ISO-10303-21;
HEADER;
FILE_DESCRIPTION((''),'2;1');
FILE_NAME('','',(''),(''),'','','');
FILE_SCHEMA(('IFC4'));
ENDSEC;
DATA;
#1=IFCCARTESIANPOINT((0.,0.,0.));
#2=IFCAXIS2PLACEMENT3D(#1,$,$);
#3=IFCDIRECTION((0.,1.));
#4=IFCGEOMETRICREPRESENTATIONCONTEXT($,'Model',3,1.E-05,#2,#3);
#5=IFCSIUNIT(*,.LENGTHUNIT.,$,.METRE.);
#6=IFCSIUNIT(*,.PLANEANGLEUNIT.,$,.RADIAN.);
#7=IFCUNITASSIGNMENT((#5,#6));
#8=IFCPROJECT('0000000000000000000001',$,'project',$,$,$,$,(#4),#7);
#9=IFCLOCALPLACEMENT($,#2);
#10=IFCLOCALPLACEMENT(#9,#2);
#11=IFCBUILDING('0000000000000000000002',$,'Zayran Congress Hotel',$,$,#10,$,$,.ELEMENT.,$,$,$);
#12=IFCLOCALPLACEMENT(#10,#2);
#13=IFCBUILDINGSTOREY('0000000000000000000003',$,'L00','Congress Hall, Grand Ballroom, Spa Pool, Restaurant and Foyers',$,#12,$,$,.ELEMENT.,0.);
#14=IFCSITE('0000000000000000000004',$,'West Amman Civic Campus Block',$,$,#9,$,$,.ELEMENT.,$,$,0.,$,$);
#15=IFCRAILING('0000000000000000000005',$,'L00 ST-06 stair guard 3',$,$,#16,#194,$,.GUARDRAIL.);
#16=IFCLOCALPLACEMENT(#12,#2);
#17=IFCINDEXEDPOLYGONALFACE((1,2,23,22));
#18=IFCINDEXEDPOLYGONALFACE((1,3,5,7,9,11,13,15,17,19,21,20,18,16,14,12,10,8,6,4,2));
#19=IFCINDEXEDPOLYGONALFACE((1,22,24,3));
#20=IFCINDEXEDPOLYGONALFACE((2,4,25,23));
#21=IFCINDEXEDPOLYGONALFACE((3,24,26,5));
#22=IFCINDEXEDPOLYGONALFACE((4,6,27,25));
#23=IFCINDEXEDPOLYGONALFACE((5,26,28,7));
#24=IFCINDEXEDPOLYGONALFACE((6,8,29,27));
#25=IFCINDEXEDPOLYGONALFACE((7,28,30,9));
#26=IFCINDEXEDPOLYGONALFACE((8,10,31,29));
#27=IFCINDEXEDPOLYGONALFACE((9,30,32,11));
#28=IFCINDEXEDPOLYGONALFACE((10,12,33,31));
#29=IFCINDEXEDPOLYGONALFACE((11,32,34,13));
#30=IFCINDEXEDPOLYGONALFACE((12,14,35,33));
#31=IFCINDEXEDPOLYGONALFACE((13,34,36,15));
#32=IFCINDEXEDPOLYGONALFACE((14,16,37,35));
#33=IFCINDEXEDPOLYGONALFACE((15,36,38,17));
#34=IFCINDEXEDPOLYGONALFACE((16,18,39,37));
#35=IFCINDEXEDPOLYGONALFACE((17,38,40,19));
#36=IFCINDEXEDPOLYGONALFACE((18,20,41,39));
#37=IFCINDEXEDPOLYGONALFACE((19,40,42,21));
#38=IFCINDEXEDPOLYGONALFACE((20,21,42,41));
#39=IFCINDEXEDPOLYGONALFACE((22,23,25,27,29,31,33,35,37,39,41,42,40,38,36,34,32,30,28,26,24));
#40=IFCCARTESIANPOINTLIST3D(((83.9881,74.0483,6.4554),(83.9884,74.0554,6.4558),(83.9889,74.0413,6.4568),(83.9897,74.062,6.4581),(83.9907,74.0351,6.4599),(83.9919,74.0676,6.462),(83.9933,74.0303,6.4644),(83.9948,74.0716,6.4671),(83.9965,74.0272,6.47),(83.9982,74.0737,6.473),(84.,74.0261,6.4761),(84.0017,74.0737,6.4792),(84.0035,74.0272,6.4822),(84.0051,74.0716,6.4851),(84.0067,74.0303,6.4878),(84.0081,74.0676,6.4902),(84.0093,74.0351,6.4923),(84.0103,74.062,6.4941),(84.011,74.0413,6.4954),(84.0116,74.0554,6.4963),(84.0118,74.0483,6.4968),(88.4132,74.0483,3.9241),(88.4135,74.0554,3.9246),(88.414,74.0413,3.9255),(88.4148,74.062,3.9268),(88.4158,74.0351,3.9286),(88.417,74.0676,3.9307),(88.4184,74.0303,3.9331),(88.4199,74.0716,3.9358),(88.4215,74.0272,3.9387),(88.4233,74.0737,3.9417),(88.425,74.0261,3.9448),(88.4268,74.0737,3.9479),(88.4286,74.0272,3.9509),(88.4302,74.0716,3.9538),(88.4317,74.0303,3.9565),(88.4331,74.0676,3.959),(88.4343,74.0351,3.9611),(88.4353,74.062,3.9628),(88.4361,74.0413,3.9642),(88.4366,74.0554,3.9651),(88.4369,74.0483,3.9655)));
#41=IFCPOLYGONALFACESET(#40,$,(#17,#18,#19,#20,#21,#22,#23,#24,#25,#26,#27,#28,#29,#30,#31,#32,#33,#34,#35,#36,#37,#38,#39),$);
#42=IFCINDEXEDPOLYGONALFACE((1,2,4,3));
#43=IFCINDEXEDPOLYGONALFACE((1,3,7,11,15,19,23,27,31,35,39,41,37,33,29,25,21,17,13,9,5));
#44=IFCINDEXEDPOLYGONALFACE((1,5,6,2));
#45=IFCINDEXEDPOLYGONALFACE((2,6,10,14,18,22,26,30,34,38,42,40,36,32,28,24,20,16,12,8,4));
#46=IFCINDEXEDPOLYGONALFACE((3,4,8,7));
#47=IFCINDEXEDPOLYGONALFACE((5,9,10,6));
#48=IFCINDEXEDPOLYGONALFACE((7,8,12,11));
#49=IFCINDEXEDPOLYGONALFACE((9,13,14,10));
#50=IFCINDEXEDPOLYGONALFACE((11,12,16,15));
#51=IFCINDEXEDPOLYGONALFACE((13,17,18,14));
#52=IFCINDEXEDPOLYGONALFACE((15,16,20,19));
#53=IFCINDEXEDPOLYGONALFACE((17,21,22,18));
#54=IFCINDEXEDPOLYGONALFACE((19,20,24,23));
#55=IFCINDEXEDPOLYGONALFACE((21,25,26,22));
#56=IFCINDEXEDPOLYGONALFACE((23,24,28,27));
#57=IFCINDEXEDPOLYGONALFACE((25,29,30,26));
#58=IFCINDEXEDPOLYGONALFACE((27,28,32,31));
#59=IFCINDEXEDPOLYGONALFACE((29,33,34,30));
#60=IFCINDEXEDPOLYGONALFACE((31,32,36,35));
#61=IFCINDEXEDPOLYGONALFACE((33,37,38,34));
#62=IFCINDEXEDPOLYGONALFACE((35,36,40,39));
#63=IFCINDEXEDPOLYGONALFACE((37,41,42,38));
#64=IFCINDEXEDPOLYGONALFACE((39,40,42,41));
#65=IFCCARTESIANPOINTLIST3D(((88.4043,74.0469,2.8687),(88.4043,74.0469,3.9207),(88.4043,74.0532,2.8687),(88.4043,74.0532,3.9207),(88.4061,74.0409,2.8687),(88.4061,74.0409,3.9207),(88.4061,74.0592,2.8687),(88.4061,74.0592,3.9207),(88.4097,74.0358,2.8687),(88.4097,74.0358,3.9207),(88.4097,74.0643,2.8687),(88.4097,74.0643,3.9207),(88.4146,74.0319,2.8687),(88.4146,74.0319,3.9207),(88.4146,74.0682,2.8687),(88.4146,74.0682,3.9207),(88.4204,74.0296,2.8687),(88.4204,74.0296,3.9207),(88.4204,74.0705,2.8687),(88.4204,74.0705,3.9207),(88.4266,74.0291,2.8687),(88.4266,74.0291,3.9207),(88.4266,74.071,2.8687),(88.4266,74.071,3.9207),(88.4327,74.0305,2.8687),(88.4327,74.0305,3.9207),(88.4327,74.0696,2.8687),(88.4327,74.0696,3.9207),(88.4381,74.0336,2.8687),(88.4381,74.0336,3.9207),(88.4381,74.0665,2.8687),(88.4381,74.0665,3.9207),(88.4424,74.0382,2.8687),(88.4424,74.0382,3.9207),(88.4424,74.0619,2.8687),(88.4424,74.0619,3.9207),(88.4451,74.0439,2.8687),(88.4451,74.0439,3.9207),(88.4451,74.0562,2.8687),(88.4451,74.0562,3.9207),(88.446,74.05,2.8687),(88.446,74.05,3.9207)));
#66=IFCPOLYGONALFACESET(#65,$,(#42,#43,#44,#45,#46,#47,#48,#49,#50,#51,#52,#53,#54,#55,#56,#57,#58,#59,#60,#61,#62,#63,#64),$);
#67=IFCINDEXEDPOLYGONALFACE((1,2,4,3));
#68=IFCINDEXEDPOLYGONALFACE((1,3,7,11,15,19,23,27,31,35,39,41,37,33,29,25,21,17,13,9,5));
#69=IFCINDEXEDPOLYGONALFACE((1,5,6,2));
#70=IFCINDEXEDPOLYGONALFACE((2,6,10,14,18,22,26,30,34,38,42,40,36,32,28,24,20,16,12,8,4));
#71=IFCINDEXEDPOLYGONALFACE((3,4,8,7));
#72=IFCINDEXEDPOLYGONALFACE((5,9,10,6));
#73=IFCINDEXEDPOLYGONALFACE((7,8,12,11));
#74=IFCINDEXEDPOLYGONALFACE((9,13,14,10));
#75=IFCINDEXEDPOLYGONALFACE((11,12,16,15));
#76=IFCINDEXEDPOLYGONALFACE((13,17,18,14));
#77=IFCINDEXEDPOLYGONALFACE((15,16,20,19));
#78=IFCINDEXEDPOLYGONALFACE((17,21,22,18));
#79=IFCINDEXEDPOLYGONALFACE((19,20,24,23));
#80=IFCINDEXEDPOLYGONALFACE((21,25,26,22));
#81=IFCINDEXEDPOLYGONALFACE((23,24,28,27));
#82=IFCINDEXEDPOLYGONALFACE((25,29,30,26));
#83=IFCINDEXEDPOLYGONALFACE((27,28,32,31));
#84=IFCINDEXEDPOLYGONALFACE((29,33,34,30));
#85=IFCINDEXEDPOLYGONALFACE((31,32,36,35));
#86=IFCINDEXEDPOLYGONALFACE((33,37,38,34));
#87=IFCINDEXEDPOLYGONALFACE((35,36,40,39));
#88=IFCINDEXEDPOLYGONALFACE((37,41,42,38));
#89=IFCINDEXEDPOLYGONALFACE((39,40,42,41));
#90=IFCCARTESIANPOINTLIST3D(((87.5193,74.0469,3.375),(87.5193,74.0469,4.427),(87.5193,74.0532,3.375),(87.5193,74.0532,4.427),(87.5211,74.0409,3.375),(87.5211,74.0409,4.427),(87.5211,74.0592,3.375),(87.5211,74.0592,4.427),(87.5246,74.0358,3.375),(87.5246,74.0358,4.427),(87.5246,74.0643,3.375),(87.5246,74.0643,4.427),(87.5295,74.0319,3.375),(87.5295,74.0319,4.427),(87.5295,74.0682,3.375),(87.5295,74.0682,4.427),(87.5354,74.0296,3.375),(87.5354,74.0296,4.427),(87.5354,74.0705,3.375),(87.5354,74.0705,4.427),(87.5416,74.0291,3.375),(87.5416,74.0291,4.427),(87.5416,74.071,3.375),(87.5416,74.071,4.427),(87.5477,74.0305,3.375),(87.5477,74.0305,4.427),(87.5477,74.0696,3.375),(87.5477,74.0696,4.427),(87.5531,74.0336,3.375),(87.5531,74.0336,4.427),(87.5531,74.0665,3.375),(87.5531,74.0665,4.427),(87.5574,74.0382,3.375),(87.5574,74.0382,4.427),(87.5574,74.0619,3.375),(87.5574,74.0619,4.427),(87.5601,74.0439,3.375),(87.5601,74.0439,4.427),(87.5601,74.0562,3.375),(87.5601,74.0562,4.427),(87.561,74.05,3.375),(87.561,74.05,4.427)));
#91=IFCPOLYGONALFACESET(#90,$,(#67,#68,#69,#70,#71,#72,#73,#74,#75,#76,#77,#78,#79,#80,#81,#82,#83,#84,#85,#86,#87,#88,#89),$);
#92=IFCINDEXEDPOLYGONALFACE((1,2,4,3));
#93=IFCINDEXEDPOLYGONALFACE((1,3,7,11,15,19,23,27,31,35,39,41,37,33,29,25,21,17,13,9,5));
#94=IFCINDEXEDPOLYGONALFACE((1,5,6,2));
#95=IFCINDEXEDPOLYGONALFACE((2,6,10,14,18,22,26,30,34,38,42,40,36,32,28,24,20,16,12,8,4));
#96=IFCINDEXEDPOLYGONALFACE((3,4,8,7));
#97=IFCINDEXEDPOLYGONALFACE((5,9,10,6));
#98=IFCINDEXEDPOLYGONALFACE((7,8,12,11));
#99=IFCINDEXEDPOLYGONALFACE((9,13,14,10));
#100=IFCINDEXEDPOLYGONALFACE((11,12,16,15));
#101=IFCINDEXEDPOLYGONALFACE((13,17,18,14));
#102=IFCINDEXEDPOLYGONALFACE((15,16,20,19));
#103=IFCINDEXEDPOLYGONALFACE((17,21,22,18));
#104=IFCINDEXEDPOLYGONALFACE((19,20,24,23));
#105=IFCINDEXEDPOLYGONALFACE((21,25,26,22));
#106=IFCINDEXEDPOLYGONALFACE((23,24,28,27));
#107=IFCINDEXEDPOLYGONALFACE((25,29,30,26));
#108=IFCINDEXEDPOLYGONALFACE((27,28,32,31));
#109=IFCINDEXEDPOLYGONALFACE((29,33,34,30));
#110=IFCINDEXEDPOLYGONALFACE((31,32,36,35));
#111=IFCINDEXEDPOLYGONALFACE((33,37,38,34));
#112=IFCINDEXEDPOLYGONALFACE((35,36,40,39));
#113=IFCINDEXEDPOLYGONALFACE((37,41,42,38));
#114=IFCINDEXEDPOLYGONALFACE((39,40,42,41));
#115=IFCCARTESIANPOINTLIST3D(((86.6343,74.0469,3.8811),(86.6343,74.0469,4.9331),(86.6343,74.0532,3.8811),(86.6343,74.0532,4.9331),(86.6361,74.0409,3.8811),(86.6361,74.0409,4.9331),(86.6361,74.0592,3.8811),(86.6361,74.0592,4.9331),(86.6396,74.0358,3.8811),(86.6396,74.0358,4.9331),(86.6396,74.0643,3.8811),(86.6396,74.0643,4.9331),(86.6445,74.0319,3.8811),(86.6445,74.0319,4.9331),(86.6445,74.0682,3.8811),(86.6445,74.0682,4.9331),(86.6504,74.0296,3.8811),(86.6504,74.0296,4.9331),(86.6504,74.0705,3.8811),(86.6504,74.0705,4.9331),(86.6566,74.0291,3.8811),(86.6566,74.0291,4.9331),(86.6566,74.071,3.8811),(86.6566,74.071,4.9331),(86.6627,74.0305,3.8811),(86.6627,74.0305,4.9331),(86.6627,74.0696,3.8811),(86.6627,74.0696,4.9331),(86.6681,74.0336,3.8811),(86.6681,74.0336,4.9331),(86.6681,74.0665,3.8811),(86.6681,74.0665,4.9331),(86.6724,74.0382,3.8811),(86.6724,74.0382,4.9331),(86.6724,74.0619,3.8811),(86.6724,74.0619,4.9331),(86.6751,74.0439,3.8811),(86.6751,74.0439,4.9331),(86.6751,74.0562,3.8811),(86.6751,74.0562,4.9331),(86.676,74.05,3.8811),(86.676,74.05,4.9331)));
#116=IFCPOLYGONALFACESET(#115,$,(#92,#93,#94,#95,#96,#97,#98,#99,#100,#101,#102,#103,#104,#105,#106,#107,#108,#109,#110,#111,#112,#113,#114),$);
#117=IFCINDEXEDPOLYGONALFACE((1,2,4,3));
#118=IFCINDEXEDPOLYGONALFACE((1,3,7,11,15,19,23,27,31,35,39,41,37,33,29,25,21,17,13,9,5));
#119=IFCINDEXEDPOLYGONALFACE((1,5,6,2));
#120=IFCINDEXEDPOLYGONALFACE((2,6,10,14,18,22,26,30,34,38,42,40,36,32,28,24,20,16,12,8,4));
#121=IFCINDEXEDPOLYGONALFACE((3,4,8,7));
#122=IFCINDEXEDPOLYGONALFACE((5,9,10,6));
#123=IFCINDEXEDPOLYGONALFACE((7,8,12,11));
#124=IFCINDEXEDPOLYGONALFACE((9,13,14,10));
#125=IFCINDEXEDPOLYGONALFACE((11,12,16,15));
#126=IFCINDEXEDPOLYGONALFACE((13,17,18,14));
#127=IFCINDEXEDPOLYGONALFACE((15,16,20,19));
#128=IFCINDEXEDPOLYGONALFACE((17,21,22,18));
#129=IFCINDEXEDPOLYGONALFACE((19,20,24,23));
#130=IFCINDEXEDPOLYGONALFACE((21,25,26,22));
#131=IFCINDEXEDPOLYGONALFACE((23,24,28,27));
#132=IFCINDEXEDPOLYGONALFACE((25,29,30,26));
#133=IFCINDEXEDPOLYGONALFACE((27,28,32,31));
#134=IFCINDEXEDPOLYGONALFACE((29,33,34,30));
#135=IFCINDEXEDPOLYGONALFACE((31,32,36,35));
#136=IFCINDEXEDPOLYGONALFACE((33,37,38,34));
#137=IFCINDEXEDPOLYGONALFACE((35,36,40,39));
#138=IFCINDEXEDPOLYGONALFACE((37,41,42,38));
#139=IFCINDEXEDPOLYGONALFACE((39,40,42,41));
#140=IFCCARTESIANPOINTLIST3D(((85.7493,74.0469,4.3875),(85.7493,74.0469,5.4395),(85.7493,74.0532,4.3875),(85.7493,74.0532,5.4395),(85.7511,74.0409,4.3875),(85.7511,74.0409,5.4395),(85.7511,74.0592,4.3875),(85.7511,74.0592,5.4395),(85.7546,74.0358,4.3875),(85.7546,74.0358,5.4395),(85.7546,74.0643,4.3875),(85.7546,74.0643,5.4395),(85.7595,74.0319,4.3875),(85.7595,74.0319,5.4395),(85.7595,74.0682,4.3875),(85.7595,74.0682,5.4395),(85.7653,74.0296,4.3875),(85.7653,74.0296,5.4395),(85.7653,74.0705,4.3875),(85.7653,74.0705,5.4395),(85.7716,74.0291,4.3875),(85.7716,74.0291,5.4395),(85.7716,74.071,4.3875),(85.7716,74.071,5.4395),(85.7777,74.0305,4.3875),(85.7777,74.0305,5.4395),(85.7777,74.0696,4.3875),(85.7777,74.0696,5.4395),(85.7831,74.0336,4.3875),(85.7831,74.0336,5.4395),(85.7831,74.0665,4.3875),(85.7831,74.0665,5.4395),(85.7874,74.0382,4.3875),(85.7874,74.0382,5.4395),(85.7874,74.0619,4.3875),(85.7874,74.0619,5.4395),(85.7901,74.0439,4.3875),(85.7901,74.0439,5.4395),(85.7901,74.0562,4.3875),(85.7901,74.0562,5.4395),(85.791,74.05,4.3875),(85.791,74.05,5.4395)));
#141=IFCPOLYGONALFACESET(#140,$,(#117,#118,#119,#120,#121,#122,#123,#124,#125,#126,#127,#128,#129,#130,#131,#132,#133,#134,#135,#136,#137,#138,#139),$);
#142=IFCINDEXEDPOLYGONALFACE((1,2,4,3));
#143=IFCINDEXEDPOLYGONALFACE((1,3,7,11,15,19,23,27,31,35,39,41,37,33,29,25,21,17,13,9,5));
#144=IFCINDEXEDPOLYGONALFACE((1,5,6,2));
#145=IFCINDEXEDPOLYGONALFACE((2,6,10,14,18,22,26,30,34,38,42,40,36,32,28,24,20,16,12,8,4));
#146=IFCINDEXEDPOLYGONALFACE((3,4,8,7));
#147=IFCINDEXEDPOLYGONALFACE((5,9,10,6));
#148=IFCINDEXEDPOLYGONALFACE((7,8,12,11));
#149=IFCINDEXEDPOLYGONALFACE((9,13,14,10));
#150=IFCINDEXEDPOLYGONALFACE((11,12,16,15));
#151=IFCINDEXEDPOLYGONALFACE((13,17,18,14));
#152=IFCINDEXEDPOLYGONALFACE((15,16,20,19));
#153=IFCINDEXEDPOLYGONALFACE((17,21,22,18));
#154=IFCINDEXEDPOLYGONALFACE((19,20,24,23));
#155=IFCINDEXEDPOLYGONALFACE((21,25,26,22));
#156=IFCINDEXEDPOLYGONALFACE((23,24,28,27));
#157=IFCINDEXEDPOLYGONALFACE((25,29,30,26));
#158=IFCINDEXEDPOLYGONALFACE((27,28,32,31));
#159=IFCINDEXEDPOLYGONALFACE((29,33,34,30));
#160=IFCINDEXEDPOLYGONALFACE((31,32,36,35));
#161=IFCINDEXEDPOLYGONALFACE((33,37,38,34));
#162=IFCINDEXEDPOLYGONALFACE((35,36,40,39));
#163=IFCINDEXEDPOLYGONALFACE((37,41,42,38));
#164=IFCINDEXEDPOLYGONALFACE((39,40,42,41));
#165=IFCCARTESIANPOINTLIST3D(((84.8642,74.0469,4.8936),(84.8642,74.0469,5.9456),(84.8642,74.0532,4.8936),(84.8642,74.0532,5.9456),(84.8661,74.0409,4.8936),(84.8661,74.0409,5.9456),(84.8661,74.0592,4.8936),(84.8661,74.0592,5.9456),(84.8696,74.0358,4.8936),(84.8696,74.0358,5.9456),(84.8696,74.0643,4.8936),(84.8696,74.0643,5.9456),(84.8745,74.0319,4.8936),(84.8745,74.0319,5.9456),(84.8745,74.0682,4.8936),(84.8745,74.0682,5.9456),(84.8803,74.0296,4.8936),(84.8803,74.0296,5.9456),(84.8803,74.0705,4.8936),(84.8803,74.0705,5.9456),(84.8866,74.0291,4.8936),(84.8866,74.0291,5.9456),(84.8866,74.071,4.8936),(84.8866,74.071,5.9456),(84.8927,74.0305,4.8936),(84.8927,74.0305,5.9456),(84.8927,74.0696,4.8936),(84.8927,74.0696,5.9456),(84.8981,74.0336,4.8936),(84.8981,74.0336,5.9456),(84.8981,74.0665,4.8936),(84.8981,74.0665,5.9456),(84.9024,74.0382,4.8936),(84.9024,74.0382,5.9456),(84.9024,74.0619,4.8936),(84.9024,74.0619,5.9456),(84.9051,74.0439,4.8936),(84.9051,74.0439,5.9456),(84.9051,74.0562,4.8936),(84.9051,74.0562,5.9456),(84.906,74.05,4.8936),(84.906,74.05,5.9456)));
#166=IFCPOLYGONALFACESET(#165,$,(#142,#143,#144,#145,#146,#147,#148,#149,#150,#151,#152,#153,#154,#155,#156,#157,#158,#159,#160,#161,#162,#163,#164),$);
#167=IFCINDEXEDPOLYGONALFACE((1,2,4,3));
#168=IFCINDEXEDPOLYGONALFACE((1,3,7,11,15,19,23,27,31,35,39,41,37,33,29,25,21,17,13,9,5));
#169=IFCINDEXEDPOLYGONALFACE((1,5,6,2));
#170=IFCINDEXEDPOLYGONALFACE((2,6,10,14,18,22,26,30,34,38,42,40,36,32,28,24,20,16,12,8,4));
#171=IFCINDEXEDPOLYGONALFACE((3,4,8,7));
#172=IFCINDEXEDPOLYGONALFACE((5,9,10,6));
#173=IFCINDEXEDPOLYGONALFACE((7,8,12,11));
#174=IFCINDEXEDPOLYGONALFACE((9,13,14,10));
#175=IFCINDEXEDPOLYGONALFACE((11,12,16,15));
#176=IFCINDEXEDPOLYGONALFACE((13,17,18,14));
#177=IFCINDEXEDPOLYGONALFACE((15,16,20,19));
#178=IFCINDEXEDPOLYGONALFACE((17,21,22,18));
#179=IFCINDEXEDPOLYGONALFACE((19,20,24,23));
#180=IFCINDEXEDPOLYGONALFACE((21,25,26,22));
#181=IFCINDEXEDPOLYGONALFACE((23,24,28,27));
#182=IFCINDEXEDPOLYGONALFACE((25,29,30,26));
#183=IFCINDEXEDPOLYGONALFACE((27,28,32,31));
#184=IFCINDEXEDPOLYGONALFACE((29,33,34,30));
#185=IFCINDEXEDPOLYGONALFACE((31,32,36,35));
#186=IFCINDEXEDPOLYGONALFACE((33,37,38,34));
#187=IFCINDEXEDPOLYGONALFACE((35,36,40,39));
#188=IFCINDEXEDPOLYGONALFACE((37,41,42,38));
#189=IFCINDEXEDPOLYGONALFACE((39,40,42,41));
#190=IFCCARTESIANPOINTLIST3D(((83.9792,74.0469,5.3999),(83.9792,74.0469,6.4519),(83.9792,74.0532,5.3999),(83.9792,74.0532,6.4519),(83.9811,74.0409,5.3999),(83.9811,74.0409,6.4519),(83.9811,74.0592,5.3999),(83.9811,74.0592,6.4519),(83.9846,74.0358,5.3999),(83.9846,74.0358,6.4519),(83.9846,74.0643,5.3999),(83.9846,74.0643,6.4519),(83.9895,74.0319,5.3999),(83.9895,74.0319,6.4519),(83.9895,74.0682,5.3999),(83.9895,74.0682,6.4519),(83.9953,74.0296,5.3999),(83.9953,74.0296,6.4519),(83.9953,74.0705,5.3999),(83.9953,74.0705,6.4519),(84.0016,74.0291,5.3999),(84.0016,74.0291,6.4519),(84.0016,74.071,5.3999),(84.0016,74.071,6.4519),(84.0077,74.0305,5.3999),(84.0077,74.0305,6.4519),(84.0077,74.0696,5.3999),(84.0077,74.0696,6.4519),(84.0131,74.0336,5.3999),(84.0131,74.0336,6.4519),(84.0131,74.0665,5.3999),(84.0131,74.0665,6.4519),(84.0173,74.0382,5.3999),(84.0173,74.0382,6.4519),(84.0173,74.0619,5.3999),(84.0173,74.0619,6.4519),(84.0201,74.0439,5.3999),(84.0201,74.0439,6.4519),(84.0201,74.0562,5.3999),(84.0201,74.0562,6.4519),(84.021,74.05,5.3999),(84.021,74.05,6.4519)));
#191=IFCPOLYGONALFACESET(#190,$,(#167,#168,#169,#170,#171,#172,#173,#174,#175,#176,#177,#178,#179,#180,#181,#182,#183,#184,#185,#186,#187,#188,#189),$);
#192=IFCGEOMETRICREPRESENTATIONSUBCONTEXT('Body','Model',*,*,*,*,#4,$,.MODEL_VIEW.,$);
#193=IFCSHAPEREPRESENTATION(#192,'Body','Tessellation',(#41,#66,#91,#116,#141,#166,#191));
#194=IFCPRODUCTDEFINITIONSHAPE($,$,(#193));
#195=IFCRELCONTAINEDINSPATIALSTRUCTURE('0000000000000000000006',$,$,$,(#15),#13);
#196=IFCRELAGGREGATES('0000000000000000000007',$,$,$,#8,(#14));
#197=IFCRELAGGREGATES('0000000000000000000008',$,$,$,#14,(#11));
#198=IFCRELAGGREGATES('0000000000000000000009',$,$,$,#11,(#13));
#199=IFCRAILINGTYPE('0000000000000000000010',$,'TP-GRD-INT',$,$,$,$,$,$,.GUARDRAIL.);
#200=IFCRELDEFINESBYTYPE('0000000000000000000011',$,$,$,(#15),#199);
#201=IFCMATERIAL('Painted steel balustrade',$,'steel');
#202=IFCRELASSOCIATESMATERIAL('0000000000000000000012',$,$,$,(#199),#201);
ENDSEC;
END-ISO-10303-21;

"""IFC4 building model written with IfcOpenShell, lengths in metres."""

from ifc_helpers import new_model, si_unit, direction, frame, origin, origin_2d, place, context, subcontext, project, spatial, circle, extrude, material, type_object, element, save


model = new_model("IFC4")

# Units and contexts
model_context = context("Model", 3, precision=1e-05, world=origin(), true_north=direction((0.0, 1.0)))
body_context = subcontext(model_context, "Body", "Model", "MODEL_VIEW")
ifc_project = project(units=[si_unit("LENGTHUNIT", "METRE"), si_unit("PLANEANGLEUNIT", "RADIAN")], contexts=[model_context])

# Site, building, storey
site_placement = place(None, origin())
site = spatial("IfcSite", under=ifc_project, at=site_placement, Name="West Amman Civic Campus Block", CompositionType="ELEMENT", RefElevation=0.0)
building_placement = place(site_placement, origin())
building = spatial("IfcBuilding", under=site, at=building_placement, Name="Zayran Congress Hotel", CompositionType="ELEMENT")
storey_placement = place(building_placement, origin())
storey = spatial("IfcBuildingStorey", under=building, at=storey_placement, Name="L00", Description="Congress Hall, Grand Ballroom, Spa Pool, Restaurant and Foyers", CompositionType="ELEMENT", Elevation=0.0)

# Railing
ifc_material_1 = material(Name="Painted steel balustrade", Category="steel")
railing_type_1 = type_object("IfcRailingType", Name="TP-GRD-INT", PredefinedType="GUARDRAIL", material=ifc_material_1)
railing_1_placement = place(storey_placement, frame((88.425, 74.05, 2.8687)))
element("IfcRailing", 1, at=railing_1_placement, inside=storey, type_object=railing_type_1, Name="L00 ST-06 stair guard 3", PredefinedType="GUARDRAIL", context=body_context, shape_type="SweptSolid", body=[
    extrude(circle(Radius=0.0239, at=origin_2d()), frame((0.0, 0.0, 1.0762), z_axis=(-0.868019, 0.0, 0.496531), x_axis=(0.0, -1.0, 0.0)), (0.0, 0.0, 1.0), 5.0979),
    extrude(circle(Radius=0.021, at=origin_2d()), origin(), (0.0, 0.0, 1.0), 1.052),
    extrude(circle(Radius=0.021, at=origin_2d()), frame((-0.885, 0.0, 0.5063)), (0.0, 0.0, 1.0), 1.052),
    extrude(circle(Radius=0.021, at=origin_2d()), frame((-1.77, 0.0, 1.0125)), (0.0, 0.0, 1.0), 1.052),
    extrude(circle(Radius=0.021, at=origin_2d()), frame((-2.655, 0.0, 1.5188)), (0.0, 0.0, 1.0), 1.052),
    extrude(circle(Radius=0.021, at=origin_2d()), frame((-3.54, 0.0, 2.0249)), (0.0, 0.0, 1.0), 1.052),
    extrude(circle(Radius=0.021, at=origin_2d()), frame((-4.425, 0.0, 2.5312)), (0.0, 0.0, 1.0), 1.052),
])

save(model, "model.ifc")
